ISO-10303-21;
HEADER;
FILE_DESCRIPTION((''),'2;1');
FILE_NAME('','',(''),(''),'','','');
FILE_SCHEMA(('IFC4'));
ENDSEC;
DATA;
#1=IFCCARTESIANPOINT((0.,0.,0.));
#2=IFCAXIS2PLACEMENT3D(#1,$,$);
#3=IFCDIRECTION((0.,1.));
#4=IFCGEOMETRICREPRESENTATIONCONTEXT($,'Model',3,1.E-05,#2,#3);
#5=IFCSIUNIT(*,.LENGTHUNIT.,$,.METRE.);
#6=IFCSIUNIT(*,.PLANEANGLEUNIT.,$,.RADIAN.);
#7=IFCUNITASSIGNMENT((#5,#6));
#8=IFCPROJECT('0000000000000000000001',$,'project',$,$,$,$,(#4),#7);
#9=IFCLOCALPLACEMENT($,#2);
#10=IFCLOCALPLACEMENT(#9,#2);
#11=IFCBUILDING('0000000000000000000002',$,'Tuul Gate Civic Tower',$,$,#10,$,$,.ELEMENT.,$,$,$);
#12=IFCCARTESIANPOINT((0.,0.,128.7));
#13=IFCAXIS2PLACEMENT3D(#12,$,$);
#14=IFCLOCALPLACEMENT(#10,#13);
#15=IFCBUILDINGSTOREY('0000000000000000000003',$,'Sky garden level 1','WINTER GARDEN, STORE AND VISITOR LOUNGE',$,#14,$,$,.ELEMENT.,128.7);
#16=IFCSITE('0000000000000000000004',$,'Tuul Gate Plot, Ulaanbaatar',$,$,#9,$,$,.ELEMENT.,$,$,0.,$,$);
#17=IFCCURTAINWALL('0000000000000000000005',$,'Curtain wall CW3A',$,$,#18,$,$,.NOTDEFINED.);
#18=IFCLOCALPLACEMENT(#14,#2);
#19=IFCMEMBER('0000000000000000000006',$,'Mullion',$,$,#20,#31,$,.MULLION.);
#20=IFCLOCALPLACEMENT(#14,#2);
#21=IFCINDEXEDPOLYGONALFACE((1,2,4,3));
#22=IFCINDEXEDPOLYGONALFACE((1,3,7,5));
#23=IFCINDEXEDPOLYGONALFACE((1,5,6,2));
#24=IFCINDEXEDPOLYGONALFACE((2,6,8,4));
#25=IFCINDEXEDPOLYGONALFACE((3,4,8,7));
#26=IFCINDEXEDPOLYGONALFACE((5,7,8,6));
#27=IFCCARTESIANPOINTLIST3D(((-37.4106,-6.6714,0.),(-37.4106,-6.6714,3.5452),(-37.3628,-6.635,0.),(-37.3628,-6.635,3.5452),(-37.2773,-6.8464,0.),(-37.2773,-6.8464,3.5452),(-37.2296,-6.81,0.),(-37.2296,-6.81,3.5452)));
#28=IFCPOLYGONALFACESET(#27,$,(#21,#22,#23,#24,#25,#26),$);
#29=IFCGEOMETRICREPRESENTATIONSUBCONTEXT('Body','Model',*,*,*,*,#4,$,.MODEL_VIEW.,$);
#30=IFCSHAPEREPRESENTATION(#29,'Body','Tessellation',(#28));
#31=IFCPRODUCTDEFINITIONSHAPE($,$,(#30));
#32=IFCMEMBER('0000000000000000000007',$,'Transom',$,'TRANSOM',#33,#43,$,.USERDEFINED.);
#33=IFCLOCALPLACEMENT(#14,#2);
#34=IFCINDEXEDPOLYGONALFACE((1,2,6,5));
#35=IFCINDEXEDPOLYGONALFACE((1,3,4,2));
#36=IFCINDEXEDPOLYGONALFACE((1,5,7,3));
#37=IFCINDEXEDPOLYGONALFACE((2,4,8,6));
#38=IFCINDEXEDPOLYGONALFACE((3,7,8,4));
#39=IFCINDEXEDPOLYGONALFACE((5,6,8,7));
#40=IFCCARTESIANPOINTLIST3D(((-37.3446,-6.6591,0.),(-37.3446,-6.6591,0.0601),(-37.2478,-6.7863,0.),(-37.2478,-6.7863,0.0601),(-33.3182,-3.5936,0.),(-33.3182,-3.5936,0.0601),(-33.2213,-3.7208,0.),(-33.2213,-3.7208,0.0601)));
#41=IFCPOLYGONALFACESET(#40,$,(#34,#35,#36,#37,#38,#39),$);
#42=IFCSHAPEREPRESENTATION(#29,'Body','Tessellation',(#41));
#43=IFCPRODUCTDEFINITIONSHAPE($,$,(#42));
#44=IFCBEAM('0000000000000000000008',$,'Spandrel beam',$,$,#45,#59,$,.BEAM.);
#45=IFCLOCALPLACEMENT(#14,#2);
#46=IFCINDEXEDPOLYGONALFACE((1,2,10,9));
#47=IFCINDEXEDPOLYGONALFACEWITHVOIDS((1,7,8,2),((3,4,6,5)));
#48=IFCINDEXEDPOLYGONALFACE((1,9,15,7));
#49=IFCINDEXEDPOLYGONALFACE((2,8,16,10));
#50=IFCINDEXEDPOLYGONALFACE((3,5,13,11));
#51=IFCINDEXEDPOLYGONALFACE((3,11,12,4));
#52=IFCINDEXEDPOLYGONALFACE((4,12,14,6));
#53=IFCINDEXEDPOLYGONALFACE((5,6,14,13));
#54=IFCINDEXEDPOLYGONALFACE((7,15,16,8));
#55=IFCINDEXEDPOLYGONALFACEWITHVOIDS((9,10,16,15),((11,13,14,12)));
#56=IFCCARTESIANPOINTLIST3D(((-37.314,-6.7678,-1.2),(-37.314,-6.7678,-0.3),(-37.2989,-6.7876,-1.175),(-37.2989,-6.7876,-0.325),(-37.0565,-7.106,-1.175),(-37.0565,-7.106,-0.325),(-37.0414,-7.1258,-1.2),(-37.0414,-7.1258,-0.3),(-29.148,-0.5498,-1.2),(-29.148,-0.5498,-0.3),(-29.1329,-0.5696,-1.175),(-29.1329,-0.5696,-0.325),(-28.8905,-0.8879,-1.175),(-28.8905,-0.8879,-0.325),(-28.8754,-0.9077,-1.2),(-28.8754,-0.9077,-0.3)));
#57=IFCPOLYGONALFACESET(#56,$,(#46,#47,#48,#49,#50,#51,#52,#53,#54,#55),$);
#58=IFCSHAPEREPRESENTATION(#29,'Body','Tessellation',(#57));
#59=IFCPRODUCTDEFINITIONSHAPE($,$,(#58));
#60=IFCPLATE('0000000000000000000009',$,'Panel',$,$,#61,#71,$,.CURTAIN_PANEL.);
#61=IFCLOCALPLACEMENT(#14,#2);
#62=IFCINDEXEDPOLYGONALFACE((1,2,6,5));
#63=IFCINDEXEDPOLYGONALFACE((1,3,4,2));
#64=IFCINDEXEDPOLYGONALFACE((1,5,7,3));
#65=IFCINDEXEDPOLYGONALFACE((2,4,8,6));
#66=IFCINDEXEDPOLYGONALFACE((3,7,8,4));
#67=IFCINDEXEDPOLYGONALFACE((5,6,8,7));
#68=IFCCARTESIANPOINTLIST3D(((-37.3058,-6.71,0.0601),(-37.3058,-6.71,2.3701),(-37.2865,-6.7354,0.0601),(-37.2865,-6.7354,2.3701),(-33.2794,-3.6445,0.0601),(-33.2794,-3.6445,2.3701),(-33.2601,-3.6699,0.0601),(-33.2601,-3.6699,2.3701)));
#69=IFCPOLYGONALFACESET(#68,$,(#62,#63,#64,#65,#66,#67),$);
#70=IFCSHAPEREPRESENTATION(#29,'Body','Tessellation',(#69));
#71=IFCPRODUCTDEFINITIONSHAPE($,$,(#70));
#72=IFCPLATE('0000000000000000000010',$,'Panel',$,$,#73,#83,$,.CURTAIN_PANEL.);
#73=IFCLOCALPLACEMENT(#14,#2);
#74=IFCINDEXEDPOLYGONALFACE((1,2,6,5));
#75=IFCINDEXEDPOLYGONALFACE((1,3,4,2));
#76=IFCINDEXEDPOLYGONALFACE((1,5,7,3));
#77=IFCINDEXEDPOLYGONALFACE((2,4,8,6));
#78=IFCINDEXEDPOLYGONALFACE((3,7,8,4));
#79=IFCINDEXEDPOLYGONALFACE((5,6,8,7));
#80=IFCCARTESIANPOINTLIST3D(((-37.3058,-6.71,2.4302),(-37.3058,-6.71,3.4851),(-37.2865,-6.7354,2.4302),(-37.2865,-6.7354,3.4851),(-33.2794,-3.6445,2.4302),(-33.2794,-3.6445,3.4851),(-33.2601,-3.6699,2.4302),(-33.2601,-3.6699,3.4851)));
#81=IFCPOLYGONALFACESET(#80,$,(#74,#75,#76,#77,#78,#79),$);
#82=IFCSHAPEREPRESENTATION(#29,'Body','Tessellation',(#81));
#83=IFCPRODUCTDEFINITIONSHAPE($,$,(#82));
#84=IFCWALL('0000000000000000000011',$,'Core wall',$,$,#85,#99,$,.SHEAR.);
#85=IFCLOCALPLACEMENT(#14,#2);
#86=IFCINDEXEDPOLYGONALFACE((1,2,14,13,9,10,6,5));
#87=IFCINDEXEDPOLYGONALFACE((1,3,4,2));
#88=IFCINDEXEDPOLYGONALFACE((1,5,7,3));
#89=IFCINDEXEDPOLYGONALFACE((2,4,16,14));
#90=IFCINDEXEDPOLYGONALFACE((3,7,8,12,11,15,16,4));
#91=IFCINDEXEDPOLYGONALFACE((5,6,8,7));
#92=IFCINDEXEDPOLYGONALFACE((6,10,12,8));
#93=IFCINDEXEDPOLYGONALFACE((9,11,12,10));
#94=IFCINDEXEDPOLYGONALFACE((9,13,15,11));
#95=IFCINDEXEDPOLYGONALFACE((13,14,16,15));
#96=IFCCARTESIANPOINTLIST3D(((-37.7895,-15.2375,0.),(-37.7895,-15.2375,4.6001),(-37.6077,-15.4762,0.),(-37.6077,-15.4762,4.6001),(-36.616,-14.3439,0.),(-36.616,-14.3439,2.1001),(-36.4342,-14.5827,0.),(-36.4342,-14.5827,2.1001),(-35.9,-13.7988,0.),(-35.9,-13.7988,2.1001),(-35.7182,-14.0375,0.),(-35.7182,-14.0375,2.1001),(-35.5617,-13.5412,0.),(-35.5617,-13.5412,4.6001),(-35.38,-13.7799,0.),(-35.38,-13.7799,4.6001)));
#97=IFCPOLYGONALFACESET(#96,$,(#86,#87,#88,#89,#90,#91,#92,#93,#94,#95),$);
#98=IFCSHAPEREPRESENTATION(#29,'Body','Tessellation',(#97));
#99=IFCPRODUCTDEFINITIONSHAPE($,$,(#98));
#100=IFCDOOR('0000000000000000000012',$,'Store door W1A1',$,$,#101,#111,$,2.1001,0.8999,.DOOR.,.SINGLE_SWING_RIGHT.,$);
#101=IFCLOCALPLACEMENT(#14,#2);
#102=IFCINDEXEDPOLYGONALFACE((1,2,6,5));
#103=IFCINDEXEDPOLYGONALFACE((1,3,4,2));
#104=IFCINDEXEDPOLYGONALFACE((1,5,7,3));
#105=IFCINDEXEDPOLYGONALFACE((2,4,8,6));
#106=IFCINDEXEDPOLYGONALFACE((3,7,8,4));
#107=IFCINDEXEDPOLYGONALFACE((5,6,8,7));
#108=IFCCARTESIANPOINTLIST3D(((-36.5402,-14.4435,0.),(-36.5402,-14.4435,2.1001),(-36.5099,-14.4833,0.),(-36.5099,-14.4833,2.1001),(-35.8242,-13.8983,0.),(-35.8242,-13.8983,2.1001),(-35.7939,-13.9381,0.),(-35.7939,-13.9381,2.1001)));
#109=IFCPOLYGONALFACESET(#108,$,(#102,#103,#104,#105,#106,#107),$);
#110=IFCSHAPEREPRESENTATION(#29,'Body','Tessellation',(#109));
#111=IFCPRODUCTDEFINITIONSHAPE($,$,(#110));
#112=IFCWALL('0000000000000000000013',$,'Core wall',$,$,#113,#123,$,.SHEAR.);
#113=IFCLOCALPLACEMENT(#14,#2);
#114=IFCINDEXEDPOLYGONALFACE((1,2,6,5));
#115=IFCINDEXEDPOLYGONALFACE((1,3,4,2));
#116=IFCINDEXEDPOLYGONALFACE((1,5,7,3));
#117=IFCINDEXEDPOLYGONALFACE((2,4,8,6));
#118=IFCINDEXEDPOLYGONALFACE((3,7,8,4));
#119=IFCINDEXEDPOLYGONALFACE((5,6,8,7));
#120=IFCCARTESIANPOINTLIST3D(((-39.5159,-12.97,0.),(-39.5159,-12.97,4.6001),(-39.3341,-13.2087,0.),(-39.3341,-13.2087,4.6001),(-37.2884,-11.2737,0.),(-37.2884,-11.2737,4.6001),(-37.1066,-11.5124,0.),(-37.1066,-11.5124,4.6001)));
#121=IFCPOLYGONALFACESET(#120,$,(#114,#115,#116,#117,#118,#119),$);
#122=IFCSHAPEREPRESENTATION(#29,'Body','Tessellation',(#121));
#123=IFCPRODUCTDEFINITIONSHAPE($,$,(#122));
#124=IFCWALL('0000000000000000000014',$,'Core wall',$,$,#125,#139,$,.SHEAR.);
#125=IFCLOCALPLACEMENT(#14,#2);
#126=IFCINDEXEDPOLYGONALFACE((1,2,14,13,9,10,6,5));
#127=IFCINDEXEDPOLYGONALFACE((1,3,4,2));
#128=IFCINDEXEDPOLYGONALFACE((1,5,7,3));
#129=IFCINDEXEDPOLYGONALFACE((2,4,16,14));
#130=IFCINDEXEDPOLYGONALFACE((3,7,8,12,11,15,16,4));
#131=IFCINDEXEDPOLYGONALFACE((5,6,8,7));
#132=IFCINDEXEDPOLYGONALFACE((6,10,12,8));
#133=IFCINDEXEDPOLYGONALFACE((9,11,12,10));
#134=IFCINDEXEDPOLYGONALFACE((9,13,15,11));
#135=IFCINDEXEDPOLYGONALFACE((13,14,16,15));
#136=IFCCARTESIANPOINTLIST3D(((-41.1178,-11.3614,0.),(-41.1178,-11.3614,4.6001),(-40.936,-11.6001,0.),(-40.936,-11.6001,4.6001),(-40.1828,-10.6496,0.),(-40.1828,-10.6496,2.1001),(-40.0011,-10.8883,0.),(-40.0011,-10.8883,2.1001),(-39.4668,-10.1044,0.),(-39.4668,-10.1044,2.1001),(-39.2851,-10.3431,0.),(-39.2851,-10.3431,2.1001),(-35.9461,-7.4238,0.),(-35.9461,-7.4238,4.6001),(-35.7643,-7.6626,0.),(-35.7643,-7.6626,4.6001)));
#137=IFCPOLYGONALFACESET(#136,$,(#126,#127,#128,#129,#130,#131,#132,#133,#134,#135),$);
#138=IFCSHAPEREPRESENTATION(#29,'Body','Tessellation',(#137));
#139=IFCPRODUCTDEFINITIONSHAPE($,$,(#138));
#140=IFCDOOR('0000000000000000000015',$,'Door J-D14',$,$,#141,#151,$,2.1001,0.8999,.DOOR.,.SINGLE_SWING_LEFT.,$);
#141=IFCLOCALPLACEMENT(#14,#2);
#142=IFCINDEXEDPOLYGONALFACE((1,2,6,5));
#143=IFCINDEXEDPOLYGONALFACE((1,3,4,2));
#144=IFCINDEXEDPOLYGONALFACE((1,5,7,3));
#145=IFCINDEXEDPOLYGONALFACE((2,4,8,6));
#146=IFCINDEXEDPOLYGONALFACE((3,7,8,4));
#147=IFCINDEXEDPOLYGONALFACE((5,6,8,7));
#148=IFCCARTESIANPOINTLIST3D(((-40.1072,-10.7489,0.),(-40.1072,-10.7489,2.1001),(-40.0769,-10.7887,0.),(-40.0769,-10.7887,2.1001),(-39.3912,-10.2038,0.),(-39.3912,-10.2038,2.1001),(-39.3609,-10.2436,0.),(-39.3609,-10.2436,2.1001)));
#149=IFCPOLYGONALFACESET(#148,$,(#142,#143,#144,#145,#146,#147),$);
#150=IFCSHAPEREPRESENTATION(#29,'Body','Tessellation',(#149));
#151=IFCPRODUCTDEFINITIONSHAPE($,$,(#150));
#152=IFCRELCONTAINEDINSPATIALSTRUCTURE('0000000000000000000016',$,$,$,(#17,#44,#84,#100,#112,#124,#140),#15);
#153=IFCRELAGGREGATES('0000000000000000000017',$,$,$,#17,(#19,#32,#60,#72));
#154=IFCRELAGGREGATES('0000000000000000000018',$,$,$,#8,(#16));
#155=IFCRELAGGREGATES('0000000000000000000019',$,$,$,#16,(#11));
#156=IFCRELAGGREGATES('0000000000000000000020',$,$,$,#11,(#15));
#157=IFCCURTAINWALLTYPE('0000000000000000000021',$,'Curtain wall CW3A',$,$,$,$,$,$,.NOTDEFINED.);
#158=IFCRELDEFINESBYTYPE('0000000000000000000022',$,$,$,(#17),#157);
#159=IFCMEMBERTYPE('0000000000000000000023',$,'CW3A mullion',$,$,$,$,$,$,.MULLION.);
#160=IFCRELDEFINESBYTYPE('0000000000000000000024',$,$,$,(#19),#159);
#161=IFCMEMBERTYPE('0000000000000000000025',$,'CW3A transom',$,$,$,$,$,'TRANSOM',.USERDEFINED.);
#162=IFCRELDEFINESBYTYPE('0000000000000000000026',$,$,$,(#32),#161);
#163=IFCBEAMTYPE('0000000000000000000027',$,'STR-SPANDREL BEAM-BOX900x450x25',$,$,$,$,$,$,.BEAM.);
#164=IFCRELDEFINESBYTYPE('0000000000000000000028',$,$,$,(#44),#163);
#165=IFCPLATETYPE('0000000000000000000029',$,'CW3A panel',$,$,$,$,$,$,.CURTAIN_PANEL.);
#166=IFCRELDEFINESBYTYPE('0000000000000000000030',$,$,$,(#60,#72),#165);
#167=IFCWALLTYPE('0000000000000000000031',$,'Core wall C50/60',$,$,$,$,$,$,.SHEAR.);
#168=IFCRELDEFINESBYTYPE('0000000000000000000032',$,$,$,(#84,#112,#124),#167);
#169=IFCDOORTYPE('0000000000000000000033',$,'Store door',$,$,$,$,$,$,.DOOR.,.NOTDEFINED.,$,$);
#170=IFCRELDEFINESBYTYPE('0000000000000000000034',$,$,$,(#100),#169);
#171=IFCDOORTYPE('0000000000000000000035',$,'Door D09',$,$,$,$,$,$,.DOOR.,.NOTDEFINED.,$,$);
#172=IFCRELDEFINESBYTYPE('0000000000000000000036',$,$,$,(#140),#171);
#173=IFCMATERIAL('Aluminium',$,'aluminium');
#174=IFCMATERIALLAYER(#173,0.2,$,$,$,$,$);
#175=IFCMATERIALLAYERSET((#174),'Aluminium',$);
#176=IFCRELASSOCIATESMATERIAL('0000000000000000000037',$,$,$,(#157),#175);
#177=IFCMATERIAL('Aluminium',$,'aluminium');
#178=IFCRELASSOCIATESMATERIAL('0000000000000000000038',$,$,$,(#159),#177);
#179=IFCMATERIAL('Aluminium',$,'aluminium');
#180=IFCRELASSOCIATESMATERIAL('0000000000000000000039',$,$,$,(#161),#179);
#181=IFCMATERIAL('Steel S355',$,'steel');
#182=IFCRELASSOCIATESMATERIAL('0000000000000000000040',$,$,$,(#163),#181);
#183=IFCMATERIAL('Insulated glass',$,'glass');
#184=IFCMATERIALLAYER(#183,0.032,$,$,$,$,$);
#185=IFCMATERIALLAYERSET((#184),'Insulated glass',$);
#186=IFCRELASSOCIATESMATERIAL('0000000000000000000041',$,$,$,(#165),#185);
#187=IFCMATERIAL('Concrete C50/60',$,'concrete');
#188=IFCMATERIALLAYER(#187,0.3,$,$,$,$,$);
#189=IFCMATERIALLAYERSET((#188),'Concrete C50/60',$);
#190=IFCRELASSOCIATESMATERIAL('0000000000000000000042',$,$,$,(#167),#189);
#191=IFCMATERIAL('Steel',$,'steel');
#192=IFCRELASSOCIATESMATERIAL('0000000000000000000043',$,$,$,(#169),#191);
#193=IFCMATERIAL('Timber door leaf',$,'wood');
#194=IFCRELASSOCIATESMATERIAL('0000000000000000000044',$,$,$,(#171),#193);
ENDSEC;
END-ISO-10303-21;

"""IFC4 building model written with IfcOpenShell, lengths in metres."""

from ifc_helpers import new_model, si_unit, direction, frame, frame_2d, origin, origin_2d, place, context, subcontext, project, spatial, rectangle, hollow_rectangle, extrude, material, layer, layer_set, material_profile, profile_set, type_object, element, fill, aggregate, save


model = new_model("IFC4")

# Units and contexts
model_context = context("Model", 3, precision=1e-05, world=origin(), true_north=direction((0.0, 1.0)))
body_context = subcontext(model_context, "Body", "Model", "MODEL_VIEW")
ifc_project = project(units=[si_unit("LENGTHUNIT", "METRE"), si_unit("PLANEANGLEUNIT", "RADIAN")], contexts=[model_context])

# Site, building, storey
site_placement = place(None, origin())
site = spatial("IfcSite", under=ifc_project, at=site_placement, Name="Tuul Gate Plot, Ulaanbaatar", CompositionType="ELEMENT", RefElevation=0.0)
building_placement = place(site_placement, origin())
building = spatial("IfcBuilding", under=site, at=building_placement, Name="Tuul Gate Civic Tower", CompositionType="ELEMENT")
storey_placement = place(building_placement, frame((0.0, 0.0, 128.7)))
storey = spatial("IfcBuildingStorey", under=building, at=storey_placement, Name="Sky garden level 1", Description="WINTER GARDEN, STORE AND VISITOR LOUNGE", CompositionType="ELEMENT", Elevation=128.7)

# Curtain wall, members
ifc_material_1 = material(Name="Aluminium", Category="aluminium")
ifc_layer_1 = layer(ifc_material_1, 0.2)
ifc_layer_set_1 = layer_set([ifc_layer_1], Name="Aluminium")
curtain_wall_type = type_object("IfcCurtainWallType", Name="Curtain wall CW3A", PredefinedType="NOTDEFINED", material=ifc_layer_set_1)
curtain_wall_placement = place(storey_placement, origin())
curtain_wall = element("IfcCurtainWall", 1, at=curtain_wall_placement, inside=storey, type_object=curtain_wall_type, Name="Curtain wall CW3A", PredefinedType="NOTDEFINED")
ifc_material_2 = material(Name="Aluminium", Category="aluminium")
ifc_material_profile_1 = material_profile(ifc_material_2, rectangle(XDim=0.22, YDim=0.0601, at=origin_2d()), Name="CW3A mullion")
ifc_profile_set_1 = profile_set([ifc_material_profile_1], Name="Aluminium")
member_type_1 = type_object("IfcMemberType", Name="CW3A mullion", PredefinedType="MULLION", material=ifc_profile_set_1)
member_1_placement = place(storey_placement, frame((-37.3201, -6.7407, 0.0), z_axis=(0.0, 0.0, 1.0), x_axis=(0.605762, -0.795646, 0.0)))
member_1 = element("IfcMember", 2, at=member_1_placement, type_object=member_type_1, Name="Mullion", PredefinedType="MULLION", context=body_context, shape_type="SweptSolid", body=[
    extrude(rectangle(XDim=0.22, YDim=0.0601, at=origin_2d()), origin(), (0.0, 0.0, 1.0), 3.5452),
])
ifc_material_3 = material(Name="Aluminium", Category="aluminium")
ifc_material_profile_2 = material_profile(ifc_material_3, rectangle(XDim=0.1599, YDim=0.0601, at=origin_2d()), Name="CW3A transom")
ifc_profile_set_2 = profile_set([ifc_material_profile_2], Name="Aluminium")
member_type_2 = type_object("IfcMemberType", Name="CW3A transom", ElementType="TRANSOM", PredefinedType="USERDEFINED", material=ifc_profile_set_2)
member_2_placement = place(storey_placement, frame((-33.2698, -3.6572, 0.03), z_axis=(-0.795649, -0.605758, 0.0), x_axis=(0.605758, -0.795649, 0.0)))
member_2 = element("IfcMember", 3, at=member_2_placement, type_object=member_type_2, Name="Transom", ObjectType="TRANSOM", PredefinedType="USERDEFINED", context=body_context, shape_type="SweptSolid", body=[
    extrude(rectangle(XDim=0.1599, YDim=0.0601, at=origin_2d()), origin(), (0.0, 0.0, 1.0), 5.0605),
])

# Beam
ifc_material_4 = material(Name="Steel S355", Category="steel")
ifc_material_profile_3 = material_profile(ifc_material_4, hollow_rectangle(XDim=0.45, YDim=0.8999, WallThickness=0.0249, at=origin_2d()), Name="BOX900x450x25")
ifc_profile_set_3 = profile_set([ifc_material_profile_3], Name="Steel S355")
beam_type = type_object("IfcBeamType", Name="STR-SPANDREL BEAM-BOX900x450x25", PredefinedType="BEAM", material=ifc_profile_set_3)
beam_placement = place(storey_placement, frame((-37.1777, -6.9468, -0.75), z_axis=(0.795606, 0.605815, 0.0), x_axis=(-0.605815, 0.795606, 0.0)))
element("IfcBeam", 4, at=beam_placement, inside=storey, type_object=beam_type, Name="Spandrel beam", PredefinedType="BEAM", context=body_context, shape_type="SweptSolid", body=[
    extrude(hollow_rectangle(XDim=0.45, YDim=0.8999, WallThickness=0.0249, at=origin_2d()), origin(), (0.0, 0.0, 1.0), 10.2639),
])

# Plates
ifc_material_5 = material(Name="Insulated glass", Category="glass")
ifc_layer_2 = layer(ifc_material_5, 0.032)
ifc_layer_set_2 = layer_set([ifc_layer_2], Name="Insulated glass")
plate_type = type_object("IfcPlateType", Name="CW3A panel", PredefinedType="CURTAIN_PANEL", material=ifc_layer_set_2)
plate_1_placement = place(storey_placement, frame((-35.283, -5.1899, 0.0601), z_axis=(0.0, 0.0, 1.0), x_axis=(-0.795646, -0.605762, 0.0)))
plate_1 = element("IfcPlate", 5, at=plate_1_placement, type_object=plate_type, Name="Panel", PredefinedType="CURTAIN_PANEL", context=body_context, shape_type="SweptSolid", body=[
    extrude(rectangle(XDim=5.0605, YDim=0.032, at=origin_2d()), origin(), (0.0, 0.0, 1.0), 2.3101),
])
plate_2_placement = place(storey_placement, frame((-35.283, -5.1899, 2.4302), z_axis=(0.0, 0.0, 1.0), x_axis=(-0.795646, -0.605762, 0.0)))
plate_2 = element("IfcPlate", 6, at=plate_2_placement, type_object=plate_type, Name="Panel", PredefinedType="CURTAIN_PANEL", context=body_context, shape_type="SweptSolid", body=[
    extrude(rectangle(XDim=5.0605, YDim=0.032, at=origin_2d()), origin(), (0.0, 0.0, 1.0), 1.0549),
])
aggregate(curtain_wall, [member_1, member_2, plate_1, plate_2])

# Wall, opening, door
ifc_material_6 = material(Name="Concrete C50/60", Category="concrete")
ifc_layer_3 = layer(ifc_material_6, 0.3)
ifc_layer_set_3 = layer_set([ifc_layer_3], Name="Concrete C50/60")
wall_type_1 = type_object("IfcWallType", Name="Core wall C50/60", PredefinedType="SHEAR", material=ifc_layer_set_3)
wall_1_placement = place(storey_placement, frame((-35.4709, -13.6606, 0.0), z_axis=(0.0, 0.0, 1.0), x_axis=(-0.795616, -0.605802, 0.0)))
wall_1 = element("IfcWall", 7, at=wall_1_placement, inside=storey, type_object=wall_type_1, Name="Core wall", PredefinedType="SHEAR", context=body_context, shape_type="SweptSolid", body=[
    extrude(rectangle(XDim=2.8, YDim=0.3, at=frame_2d((1.3999, 0.0))), origin(), (0.0, 0.0, 1.0), 4.6001),
])
opening_1_placement = place(wall_1_placement, frame((0.425, 0.0, 0.0)))
opening_1 = element("IfcOpeningElement", 8, at=opening_1_placement, cuts=wall_1, PredefinedType="OPENING", context=body_context, shape_type="SweptSolid", body=[
    extrude(rectangle(XDim=0.8999, YDim=2.1001, at=frame_2d((0.45, 1.05))), frame((0.0, 0.1602, 0.0), z_axis=(0.0, -1.0, 0.0), x_axis=(1.0, 0.0, 0.0)), (0.0, 0.0, 1.0), 0.3201),
])
ifc_material_7 = material(Name="Steel", Category="steel")
door_type_1 = type_object("IfcDoorType", Name="Store door", OperationType="NOTDEFINED", PredefinedType="DOOR", material=ifc_material_7)
door_1_placement = place(opening_1_placement, frame((0.8999, 0.0, 0.0), z_axis=(0.0, 0.0, 1.0), x_axis=(-1.0, 0.0, 0.0)))
door_1 = element("IfcDoor", 9, at=door_1_placement, inside=storey, type_object=door_type_1, Name="Store door W1A1", OperationType="SINGLE_SWING_RIGHT", OverallHeight=2.1001, OverallWidth=0.8999, PredefinedType="DOOR", context=body_context, shape_type="SweptSolid", body=[
    extrude(rectangle(XDim=0.8999, YDim=2.1001, at=frame_2d((0.45, 1.05))), frame((0.0, 0.0249, 0.0), z_axis=(0.0, -1.0, 0.0), x_axis=(1.0, 0.0, 0.0)), (0.0, 0.0, 1.0), 0.05),
])
fill(opening_1, door_1)

# Wall
wall_2_placement = place(storey_placement, frame((-37.1975, -11.3931, 0.0), z_axis=(0.0, 0.0, 1.0), x_axis=(-0.795584, -0.605844, 0.0)))
element("IfcWall", 10, at=wall_2_placement, inside=storey, type_object=wall_type_1, Name="Core wall", PredefinedType="SHEAR", context=body_context, shape_type="SweptSolid", body=[
    extrude(rectangle(XDim=2.7998, YDim=0.3, at=frame_2d((1.3999, 0.0))), origin(), (0.0, 0.0, 1.0), 4.6001),
])

# Wall, opening, door
wall_3_placement = place(storey_placement, frame((-35.8552, -7.5432, 0.0), z_axis=(0.0, 0.0, 1.0), x_axis=(-0.795639, -0.605772, 0.0)))
wall_3 = element("IfcWall", 11, at=wall_3_placement, inside=storey, type_object=wall_type_1, Name="Core wall", PredefinedType="SHEAR", context=body_context, shape_type="SweptSolid", body=[
    extrude(rectangle(XDim=6.5, YDim=0.3, at=frame_2d((3.25, 0.0))), origin(), (0.0, 0.0, 1.0), 4.6001),
])
opening_2_placement = place(wall_3_placement, frame((4.425, 0.0, 0.0)))
opening_2 = element("IfcOpeningElement", 12, at=opening_2_placement, cuts=wall_3, PredefinedType="OPENING", context=body_context, shape_type="SweptSolid", body=[
    extrude(rectangle(XDim=0.8999, YDim=2.1001, at=frame_2d((0.45, 1.05))), frame((0.0, 0.1602, 0.0), z_axis=(0.0, -1.0, 0.0), x_axis=(1.0, 0.0, 0.0)), (0.0, 0.0, 1.0), 0.3201),
])
ifc_material_8 = material(Name="Timber door leaf", Category="wood")
door_type_2 = type_object("IfcDoorType", Name="Door D09", OperationType="NOTDEFINED", PredefinedType="DOOR", material=ifc_material_8)
door_2_placement = place(opening_2_placement, origin())
door_2 = element("IfcDoor", 13, at=door_2_placement, inside=storey, type_object=door_type_2, Name="Door J-D14", OperationType="SINGLE_SWING_LEFT", OverallHeight=2.1001, OverallWidth=0.8999, PredefinedType="DOOR", context=body_context, shape_type="SweptSolid", body=[
    extrude(rectangle(XDim=0.8999, YDim=2.1001, at=frame_2d((0.45, 1.05))), frame((0.0, 0.0249, 0.0), z_axis=(0.0, -1.0, 0.0), x_axis=(1.0, 0.0, 0.0)), (0.0, 0.0, 1.0), 0.05),
])
fill(opening_2, door_2)

save(model, "model.ifc")
